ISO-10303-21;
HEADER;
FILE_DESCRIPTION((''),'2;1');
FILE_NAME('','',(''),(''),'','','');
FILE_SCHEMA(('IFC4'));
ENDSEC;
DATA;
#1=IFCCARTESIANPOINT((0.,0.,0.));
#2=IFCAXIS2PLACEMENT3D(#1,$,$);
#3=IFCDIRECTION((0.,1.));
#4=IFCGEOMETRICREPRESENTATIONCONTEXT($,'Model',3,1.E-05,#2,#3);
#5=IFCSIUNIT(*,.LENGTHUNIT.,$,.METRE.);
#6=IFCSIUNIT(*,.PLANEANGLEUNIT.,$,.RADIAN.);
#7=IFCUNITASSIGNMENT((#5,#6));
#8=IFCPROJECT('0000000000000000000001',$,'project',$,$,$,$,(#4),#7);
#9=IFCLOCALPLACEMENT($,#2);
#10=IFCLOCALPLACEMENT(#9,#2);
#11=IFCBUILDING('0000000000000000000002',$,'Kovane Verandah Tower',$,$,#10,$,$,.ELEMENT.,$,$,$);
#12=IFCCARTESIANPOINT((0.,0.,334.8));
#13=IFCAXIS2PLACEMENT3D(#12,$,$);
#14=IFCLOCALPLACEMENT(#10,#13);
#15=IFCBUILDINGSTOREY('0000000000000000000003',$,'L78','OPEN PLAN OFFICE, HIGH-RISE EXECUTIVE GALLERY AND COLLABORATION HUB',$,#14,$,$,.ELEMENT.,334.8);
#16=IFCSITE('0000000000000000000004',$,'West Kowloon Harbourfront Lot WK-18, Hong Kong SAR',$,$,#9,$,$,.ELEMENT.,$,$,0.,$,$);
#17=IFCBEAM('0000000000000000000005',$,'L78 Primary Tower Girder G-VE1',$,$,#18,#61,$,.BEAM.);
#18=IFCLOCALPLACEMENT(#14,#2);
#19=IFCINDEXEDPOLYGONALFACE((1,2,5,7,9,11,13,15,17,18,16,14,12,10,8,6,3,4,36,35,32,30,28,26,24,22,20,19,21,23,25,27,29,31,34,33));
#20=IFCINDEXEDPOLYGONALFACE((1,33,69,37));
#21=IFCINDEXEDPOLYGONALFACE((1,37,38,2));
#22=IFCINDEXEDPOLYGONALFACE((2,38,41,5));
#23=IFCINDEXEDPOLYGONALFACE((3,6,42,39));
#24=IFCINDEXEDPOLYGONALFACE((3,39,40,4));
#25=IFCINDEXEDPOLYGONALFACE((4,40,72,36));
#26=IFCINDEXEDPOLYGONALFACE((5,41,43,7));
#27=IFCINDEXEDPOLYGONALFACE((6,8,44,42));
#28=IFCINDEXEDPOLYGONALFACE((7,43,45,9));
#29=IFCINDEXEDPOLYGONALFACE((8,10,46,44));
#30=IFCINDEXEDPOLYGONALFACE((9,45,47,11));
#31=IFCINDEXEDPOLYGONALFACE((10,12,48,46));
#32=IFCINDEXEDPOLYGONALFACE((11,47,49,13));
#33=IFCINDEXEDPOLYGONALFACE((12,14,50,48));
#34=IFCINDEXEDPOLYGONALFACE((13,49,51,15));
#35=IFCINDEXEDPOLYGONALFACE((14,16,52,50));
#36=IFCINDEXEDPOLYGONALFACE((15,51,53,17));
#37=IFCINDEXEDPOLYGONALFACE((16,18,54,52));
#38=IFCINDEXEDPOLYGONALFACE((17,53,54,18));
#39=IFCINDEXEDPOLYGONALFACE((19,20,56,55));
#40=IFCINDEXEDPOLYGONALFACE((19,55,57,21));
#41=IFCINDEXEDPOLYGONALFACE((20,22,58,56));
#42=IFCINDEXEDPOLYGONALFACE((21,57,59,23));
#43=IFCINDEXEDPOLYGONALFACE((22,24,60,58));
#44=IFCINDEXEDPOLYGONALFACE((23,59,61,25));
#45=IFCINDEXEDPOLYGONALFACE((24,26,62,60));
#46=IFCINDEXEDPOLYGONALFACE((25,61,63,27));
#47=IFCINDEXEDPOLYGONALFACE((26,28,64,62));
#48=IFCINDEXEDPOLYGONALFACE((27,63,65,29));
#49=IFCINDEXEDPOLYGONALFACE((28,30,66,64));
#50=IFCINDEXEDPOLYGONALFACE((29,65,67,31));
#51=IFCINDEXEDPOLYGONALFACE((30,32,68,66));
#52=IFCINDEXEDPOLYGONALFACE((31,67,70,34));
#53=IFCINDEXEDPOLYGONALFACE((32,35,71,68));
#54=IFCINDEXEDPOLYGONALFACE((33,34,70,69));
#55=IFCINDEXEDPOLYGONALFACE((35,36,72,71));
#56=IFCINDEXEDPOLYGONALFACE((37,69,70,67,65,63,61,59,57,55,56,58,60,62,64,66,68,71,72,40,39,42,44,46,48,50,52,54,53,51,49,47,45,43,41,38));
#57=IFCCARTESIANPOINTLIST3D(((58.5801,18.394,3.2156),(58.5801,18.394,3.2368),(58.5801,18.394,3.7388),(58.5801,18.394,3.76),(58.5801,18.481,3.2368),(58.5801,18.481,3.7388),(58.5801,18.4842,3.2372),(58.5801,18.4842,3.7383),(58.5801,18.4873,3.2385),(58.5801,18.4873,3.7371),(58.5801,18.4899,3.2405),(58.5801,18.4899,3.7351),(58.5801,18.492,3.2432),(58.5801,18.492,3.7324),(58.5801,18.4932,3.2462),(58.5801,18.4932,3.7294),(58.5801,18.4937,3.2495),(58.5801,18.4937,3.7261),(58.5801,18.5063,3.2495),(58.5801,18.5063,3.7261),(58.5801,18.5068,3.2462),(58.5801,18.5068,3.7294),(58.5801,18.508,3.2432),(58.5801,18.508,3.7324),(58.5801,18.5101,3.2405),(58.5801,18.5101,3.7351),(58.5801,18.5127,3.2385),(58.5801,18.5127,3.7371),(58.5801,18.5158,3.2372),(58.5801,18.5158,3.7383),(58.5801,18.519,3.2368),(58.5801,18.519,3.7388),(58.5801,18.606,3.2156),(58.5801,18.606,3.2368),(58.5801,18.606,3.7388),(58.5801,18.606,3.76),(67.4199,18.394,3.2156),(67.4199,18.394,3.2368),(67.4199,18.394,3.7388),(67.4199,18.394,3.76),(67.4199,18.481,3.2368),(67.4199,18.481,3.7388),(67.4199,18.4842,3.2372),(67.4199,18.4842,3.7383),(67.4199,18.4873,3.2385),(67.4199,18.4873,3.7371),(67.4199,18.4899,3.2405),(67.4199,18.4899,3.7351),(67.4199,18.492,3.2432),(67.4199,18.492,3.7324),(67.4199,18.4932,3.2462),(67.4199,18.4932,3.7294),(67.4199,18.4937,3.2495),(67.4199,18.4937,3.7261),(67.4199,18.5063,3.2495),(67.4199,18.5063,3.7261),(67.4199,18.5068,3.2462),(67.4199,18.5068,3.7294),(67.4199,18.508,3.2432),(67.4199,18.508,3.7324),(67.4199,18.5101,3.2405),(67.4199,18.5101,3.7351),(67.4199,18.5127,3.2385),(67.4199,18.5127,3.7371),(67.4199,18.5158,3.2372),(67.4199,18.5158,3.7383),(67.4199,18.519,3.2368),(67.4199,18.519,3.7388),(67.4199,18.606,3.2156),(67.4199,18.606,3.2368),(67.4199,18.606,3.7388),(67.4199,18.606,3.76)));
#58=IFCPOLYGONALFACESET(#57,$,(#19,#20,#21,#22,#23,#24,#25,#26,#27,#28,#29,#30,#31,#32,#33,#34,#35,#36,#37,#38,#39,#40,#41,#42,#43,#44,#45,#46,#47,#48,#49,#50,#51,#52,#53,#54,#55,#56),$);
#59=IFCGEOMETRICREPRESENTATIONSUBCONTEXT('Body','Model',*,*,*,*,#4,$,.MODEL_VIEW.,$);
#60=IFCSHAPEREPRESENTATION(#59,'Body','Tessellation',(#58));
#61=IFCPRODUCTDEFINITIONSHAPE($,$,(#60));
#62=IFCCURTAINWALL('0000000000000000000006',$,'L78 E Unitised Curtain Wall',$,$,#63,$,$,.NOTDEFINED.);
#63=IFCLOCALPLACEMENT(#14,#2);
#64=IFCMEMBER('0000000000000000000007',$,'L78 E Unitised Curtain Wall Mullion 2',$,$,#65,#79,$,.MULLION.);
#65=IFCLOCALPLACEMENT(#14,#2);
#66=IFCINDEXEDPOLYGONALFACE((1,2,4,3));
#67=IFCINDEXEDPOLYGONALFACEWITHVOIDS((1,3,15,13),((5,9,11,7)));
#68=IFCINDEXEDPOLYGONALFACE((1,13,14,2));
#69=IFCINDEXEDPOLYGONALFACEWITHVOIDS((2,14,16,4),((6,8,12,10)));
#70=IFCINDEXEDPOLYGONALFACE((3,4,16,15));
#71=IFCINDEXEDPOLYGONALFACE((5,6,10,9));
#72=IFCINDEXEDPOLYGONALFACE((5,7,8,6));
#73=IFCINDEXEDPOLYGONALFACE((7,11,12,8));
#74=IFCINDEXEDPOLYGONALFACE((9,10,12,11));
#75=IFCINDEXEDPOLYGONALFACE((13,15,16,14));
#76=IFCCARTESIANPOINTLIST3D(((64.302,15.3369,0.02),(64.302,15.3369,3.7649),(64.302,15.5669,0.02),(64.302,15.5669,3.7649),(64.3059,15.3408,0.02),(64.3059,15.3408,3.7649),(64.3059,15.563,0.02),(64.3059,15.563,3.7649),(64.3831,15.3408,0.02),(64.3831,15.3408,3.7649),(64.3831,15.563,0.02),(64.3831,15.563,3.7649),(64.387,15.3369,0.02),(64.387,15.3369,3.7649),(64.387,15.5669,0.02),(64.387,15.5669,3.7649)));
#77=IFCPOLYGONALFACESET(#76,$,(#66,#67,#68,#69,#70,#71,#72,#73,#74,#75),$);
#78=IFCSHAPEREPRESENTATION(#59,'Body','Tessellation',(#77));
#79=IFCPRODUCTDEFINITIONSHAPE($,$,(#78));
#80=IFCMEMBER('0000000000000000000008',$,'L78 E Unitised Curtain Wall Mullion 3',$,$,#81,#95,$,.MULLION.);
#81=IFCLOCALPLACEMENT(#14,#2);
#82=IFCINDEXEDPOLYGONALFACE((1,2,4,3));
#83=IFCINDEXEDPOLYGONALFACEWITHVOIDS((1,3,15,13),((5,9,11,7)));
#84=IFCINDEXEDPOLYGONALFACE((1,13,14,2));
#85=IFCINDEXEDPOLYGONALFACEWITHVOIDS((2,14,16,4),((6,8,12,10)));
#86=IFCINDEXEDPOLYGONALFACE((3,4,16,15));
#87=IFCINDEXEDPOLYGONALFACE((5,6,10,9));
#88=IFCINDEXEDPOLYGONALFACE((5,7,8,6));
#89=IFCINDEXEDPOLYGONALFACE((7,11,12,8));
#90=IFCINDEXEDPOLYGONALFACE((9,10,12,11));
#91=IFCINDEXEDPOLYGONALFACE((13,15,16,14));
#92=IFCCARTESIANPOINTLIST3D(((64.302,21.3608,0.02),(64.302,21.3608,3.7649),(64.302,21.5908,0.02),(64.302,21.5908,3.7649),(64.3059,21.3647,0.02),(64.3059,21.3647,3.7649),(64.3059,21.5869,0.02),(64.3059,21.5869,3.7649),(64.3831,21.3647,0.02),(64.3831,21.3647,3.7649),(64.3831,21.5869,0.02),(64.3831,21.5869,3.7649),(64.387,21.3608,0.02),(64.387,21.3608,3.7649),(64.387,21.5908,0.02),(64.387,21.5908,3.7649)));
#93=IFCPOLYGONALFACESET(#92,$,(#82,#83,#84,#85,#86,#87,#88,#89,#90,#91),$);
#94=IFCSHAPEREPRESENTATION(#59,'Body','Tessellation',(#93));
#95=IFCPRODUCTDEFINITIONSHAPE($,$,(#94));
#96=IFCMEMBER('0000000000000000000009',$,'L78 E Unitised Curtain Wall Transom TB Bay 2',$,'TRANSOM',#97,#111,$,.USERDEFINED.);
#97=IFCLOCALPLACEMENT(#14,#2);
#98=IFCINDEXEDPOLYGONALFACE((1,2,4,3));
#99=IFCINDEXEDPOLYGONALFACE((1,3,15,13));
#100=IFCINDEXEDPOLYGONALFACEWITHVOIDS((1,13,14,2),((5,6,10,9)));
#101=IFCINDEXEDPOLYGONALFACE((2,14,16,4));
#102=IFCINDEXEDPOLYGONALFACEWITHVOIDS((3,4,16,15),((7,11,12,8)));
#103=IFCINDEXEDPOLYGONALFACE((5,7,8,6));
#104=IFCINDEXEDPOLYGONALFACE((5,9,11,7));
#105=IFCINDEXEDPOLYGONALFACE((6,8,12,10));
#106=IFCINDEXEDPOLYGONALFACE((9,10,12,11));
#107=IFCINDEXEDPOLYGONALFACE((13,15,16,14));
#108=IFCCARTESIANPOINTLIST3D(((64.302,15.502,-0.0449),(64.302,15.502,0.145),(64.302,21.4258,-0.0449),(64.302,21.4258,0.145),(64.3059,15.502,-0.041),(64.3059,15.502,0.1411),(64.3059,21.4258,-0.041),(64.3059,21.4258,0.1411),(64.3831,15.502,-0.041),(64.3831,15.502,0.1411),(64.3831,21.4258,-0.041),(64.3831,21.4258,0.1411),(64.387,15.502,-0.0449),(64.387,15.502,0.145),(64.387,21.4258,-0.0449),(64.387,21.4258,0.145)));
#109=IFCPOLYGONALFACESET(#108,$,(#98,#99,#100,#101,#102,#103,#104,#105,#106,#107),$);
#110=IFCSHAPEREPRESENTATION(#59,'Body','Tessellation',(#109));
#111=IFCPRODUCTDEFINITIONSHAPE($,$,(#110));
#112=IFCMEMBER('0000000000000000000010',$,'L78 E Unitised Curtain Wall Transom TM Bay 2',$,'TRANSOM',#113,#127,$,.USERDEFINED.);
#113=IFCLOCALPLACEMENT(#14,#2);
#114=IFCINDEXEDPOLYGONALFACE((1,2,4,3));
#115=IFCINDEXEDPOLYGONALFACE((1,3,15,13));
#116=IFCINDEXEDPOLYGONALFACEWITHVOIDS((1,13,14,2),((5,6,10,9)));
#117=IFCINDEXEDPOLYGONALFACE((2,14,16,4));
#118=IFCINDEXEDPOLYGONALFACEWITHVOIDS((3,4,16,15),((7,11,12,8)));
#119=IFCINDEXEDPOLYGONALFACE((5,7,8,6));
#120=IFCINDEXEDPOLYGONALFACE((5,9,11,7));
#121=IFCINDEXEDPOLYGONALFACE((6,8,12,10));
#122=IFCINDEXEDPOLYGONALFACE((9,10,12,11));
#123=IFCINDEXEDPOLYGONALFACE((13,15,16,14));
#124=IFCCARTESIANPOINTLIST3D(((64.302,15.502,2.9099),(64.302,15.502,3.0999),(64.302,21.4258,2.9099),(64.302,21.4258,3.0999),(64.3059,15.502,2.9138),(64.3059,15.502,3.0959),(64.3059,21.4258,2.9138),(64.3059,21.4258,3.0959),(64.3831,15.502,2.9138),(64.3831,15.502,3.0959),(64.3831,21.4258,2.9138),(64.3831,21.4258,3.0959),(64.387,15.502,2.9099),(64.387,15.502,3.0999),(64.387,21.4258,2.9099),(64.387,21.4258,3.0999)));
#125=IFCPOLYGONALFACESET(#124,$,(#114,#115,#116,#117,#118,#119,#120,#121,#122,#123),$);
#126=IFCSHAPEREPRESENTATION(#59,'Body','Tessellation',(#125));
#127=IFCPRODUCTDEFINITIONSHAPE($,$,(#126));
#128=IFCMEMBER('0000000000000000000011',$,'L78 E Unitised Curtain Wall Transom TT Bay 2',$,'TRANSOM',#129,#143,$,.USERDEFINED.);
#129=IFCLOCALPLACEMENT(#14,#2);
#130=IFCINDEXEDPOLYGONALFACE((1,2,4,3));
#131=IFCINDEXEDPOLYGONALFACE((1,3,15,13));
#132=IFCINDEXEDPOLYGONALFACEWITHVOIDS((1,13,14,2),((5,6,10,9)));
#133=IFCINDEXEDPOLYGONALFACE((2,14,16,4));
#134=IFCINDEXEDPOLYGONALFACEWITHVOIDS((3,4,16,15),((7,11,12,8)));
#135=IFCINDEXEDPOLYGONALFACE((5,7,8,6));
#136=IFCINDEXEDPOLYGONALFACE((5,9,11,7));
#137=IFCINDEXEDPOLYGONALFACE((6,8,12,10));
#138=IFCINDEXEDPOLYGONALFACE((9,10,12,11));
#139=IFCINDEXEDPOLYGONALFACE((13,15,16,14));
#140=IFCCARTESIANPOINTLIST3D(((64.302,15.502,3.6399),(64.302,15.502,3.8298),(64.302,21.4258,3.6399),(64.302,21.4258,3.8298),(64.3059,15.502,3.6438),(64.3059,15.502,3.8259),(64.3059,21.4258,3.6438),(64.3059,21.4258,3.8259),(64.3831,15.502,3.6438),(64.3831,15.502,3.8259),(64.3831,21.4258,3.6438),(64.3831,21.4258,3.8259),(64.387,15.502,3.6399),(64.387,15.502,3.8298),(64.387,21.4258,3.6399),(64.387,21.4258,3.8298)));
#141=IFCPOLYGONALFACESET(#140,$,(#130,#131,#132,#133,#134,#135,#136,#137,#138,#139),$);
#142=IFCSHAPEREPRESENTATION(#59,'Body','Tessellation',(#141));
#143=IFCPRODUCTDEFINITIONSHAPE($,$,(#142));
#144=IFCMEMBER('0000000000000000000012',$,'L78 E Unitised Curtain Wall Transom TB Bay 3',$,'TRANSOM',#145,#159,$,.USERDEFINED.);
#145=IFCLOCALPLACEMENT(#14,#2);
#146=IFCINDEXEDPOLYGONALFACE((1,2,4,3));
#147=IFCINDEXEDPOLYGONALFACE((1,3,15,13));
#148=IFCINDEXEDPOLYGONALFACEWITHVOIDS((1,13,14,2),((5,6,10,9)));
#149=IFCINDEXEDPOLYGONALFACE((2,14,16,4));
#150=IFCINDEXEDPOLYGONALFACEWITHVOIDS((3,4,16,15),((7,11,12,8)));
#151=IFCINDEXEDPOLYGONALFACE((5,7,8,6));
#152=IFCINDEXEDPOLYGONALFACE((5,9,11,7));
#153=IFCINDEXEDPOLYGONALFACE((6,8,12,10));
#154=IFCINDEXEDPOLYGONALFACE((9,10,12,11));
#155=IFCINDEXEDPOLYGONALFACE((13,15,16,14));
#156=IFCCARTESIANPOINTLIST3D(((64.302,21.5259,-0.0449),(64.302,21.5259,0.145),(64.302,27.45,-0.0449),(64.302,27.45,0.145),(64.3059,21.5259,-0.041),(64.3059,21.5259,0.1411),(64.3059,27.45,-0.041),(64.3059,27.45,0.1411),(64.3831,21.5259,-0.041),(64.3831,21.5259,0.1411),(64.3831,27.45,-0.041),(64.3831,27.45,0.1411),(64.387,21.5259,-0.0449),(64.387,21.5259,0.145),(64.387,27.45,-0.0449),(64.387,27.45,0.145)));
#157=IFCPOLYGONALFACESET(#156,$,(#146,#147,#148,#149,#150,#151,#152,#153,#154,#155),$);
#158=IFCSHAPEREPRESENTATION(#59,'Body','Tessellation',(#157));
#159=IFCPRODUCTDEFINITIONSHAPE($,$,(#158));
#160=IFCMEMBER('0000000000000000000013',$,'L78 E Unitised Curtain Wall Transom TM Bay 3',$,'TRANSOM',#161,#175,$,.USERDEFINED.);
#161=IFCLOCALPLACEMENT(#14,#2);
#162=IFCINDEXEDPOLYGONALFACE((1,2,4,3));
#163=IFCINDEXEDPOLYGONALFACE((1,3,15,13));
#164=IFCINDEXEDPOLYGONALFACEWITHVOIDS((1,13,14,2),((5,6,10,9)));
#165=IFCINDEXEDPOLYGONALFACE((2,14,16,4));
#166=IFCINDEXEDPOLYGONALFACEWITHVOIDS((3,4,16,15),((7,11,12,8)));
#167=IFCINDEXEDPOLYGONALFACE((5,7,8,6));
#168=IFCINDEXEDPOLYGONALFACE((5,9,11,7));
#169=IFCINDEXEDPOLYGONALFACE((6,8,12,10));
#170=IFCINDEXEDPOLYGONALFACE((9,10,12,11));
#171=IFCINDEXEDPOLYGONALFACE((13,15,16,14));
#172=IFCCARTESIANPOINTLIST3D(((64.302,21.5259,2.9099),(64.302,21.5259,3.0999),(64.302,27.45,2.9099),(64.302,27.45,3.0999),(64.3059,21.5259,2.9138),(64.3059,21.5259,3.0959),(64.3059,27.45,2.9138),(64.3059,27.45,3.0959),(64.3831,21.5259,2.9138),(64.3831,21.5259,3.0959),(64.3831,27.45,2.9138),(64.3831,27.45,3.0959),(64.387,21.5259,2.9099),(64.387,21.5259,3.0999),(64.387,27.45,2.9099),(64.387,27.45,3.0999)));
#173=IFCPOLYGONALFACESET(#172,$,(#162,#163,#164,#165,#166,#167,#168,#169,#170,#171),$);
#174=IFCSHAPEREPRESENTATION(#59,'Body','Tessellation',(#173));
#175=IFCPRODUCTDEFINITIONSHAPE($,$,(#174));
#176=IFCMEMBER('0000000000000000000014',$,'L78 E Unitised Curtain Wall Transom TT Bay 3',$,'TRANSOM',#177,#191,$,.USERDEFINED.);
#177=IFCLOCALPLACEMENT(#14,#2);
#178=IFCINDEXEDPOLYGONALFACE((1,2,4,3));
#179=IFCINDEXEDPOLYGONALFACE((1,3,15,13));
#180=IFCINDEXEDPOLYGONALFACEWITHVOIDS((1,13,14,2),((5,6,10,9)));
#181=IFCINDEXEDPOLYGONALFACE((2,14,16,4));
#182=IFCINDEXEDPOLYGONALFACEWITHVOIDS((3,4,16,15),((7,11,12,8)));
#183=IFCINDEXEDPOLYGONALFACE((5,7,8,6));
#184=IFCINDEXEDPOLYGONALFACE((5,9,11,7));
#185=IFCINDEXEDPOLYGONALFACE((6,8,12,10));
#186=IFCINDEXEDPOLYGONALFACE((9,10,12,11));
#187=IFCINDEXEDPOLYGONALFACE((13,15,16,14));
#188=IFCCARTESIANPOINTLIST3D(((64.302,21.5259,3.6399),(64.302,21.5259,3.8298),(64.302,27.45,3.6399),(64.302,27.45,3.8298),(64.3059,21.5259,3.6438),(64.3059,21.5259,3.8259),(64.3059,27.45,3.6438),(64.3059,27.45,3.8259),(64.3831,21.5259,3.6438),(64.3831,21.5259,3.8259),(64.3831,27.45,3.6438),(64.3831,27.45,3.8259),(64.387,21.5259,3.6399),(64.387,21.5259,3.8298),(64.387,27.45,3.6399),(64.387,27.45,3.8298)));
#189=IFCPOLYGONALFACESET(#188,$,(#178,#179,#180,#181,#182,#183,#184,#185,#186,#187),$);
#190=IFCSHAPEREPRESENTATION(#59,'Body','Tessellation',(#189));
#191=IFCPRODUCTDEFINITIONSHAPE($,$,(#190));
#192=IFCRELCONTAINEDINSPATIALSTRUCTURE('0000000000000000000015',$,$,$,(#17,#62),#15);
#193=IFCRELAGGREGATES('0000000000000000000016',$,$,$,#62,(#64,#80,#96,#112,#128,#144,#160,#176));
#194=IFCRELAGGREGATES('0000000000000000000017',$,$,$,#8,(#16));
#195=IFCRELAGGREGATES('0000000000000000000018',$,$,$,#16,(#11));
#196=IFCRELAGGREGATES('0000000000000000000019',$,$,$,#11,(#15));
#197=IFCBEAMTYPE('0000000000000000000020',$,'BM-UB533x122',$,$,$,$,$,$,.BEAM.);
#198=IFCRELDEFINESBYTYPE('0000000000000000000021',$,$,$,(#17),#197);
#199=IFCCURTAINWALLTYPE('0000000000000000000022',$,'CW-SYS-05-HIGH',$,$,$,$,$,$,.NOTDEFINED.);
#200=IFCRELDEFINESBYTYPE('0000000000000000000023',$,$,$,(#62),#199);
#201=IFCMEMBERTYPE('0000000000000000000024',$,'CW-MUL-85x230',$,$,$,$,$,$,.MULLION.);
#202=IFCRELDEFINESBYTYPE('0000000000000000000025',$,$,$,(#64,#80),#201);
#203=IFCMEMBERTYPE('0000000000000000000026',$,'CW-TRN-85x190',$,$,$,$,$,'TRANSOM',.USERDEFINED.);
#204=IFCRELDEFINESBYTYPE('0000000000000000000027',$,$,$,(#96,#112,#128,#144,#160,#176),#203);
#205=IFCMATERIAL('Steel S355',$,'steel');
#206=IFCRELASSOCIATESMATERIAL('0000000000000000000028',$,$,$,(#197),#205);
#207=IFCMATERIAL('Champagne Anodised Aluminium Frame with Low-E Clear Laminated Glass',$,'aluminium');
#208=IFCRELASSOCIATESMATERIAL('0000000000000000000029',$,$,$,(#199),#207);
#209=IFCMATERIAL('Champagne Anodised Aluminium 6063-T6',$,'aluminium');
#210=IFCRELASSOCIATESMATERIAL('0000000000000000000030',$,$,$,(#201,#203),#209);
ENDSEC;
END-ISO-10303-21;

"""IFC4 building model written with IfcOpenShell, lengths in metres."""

from ifc_helpers import new_model, si_unit, direction, frame, origin, origin_2d, place, context, subcontext, project, spatial, hollow_rectangle, i_section, extrude, material, material_profile, profile_set, type_object, element, aggregate, save


model = new_model("IFC4")

# Units and contexts
model_context = context("Model", 3, precision=1e-05, world=origin(), true_north=direction((0.0, 1.0)))
body_context = subcontext(model_context, "Body", "Model", "MODEL_VIEW")
ifc_project = project(units=[si_unit("LENGTHUNIT", "METRE"), si_unit("PLANEANGLEUNIT", "RADIAN")], contexts=[model_context])

# Site, building, storey
site_placement = place(None, origin())
site = spatial("IfcSite", under=ifc_project, at=site_placement, Name="West Kowloon Harbourfront Lot WK-18, Hong Kong SAR", CompositionType="ELEMENT", RefElevation=0.0)
building_placement = place(site_placement, origin())
building = spatial("IfcBuilding", under=site, at=building_placement, Name="Kovane Verandah Tower", CompositionType="ELEMENT")
storey_placement = place(building_placement, frame((0.0, 0.0, 334.8)))
storey = spatial("IfcBuildingStorey", under=building, at=storey_placement, Name="L78", Description="OPEN PLAN OFFICE, HIGH-RISE EXECUTIVE GALLERY AND COLLABORATION HUB", CompositionType="ELEMENT", Elevation=334.8)

# Beam
ifc_material_1 = material(Name="Steel S355", Category="steel")
ifc_material_profile_1 = material_profile(ifc_material_1, i_section(OverallWidth=0.2119, OverallDepth=0.5444, WebThickness=0.0127, FlangeThickness=0.0212, FilletRadius=0.0127, at=origin_2d()), Name="UB533x210x122")
ifc_profile_set_1 = profile_set([ifc_material_profile_1], Name="Steel S355")
beam_type_1 = type_object("IfcBeamType", Name="BM-UB533x122", PredefinedType="BEAM", material=ifc_profile_set_1)
beam_1_placement = place(storey_placement, frame((58.5801, 18.5, 3.4878), z_axis=(1.0, 0.0, 0.0), x_axis=(0.0, 1.0, 0.0)))
element("IfcBeam", 1, at=beam_1_placement, inside=storey, type_object=beam_type_1, Name="L78 Primary Tower Girder G-VE1", PredefinedType="BEAM", context=body_context, shape_type="SweptSolid", body=[
    extrude(i_section(OverallWidth=0.2119, OverallDepth=0.5444, WebThickness=0.0127, FlangeThickness=0.0212, FilletRadius=0.0127, at=origin_2d()), origin(), (0.0, 0.0, 1.0), 8.8398),
])

# Curtain wall, members
ifc_material_2 = material(Name="Champagne Anodised Aluminium Frame with Low-E Clear Laminated Glass", Category="aluminium")
curtain_wall_type = type_object("IfcCurtainWallType", Name="CW-SYS-05-HIGH", PredefinedType="NOTDEFINED", material=ifc_material_2)
curtain_wall_placement = place(storey_placement, origin())
curtain_wall = element("IfcCurtainWall", 2, at=curtain_wall_placement, inside=storey, type_object=curtain_wall_type, Name="L78 E Unitised Curtain Wall", PredefinedType="NOTDEFINED")
ifc_material_3 = material(Name="Champagne Anodised Aluminium 6063-T6", Category="aluminium")
ifc_material_profile_2 = material_profile(ifc_material_3, hollow_rectangle(XDim=0.085, YDim=0.23, WallThickness=0.0039, at=origin_2d()), Name="AL85x230x4")
ifc_profile_set_2 = profile_set([ifc_material_profile_2], Name="Champagne Anodised Aluminium 6063-T6")
member_type_1 = type_object("IfcMemberType", Name="CW-MUL-85x230", PredefinedType="MULLION", material=ifc_profile_set_2)
member_1_placement = place(storey_placement, frame((64.3445, 15.4519, 0.02), z_axis=(0.0, 0.0, 1.0), x_axis=(1.0, 0.0, 0.0)))
member_1 = element("IfcMember", 3, at=member_1_placement, type_object=member_type_1, Name="L78 E Unitised Curtain Wall Mullion 2", PredefinedType="MULLION", context=body_context, shape_type="SweptSolid", body=[
    extrude(hollow_rectangle(XDim=0.085, YDim=0.23, WallThickness=0.0039, at=origin_2d()), origin(), (0.0, 0.0, 1.0), 3.7449),
])
member_2_placement = place(storey_placement, frame((64.3445, 21.4758, 0.02), z_axis=(0.0, 0.0, 1.0), x_axis=(1.0, 0.0, 0.0)))
member_2 = element("IfcMember", 4, at=member_2_placement, type_object=member_type_1, Name="L78 E Unitised Curtain Wall Mullion 3", PredefinedType="MULLION", context=body_context, shape_type="SweptSolid", body=[
    extrude(hollow_rectangle(XDim=0.085, YDim=0.23, WallThickness=0.0039, at=origin_2d()), origin(), (0.0, 0.0, 1.0), 3.7449),
])
ifc_material_profile_3 = material_profile(ifc_material_3, hollow_rectangle(XDim=0.085, YDim=0.1899, WallThickness=0.0039, at=origin_2d()), Name="AL85x190x4")
ifc_profile_set_3 = profile_set([ifc_material_profile_3], Name="Champagne Anodised Aluminium 6063-T6")
member_type_2 = type_object("IfcMemberType", Name="CW-TRN-85x190", ElementType="TRANSOM", PredefinedType="USERDEFINED", material=ifc_profile_set_3)
member_3_placement = place(storey_placement, frame((64.3445, 15.502, 0.05), z_axis=(0.0, 1.0, 0.0), x_axis=(-1.0, 0.0, 0.0)))
member_3 = element("IfcMember", 5, at=member_3_placement, type_object=member_type_2, Name="L78 E Unitised Curtain Wall Transom TB Bay 2", ObjectType="TRANSOM", PredefinedType="USERDEFINED", context=body_context, shape_type="SweptSolid", body=[
    extrude(hollow_rectangle(XDim=0.085, YDim=0.1899, WallThickness=0.0039, at=origin_2d()), origin(), (0.0, 0.0, 1.0), 5.9238),
])
member_4_placement = place(storey_placement, frame((64.3445, 15.502, 3.0049), z_axis=(0.0, 1.0, 0.0), x_axis=(-1.0, 0.0, 0.0)))
member_4 = element("IfcMember", 6, at=member_4_placement, type_object=member_type_2, Name="L78 E Unitised Curtain Wall Transom TM Bay 2", ObjectType="TRANSOM", PredefinedType="USERDEFINED", context=body_context, shape_type="SweptSolid", body=[
    extrude(hollow_rectangle(XDim=0.085, YDim=0.1899, WallThickness=0.0039, at=origin_2d()), origin(), (0.0, 0.0, 1.0), 5.9238),
])
member_5_placement = place(storey_placement, frame((64.3445, 15.502, 3.7349), z_axis=(0.0, 1.0, 0.0), x_axis=(-1.0, 0.0, 0.0)))
member_5 = element("IfcMember", 7, at=member_5_placement, type_object=member_type_2, Name="L78 E Unitised Curtain Wall Transom TT Bay 2", ObjectType="TRANSOM", PredefinedType="USERDEFINED", context=body_context, shape_type="SweptSolid", body=[
    extrude(hollow_rectangle(XDim=0.085, YDim=0.1899, WallThickness=0.0039, at=origin_2d()), origin(), (0.0, 0.0, 1.0), 5.9238),
])
member_6_placement = place(storey_placement, frame((64.3445, 21.5259, 0.05), z_axis=(0.0, 1.0, 0.0), x_axis=(-1.0, 0.0, 0.0)))
member_6 = element("IfcMember", 8, at=member_6_placement, type_object=member_type_2, Name="L78 E Unitised Curtain Wall Transom TB Bay 3", ObjectType="TRANSOM", PredefinedType="USERDEFINED", context=body_context, shape_type="SweptSolid", body=[
    extrude(hollow_rectangle(XDim=0.085, YDim=0.1899, WallThickness=0.0039, at=origin_2d()), origin(), (0.0, 0.0, 1.0), 5.9241),
])
member_7_placement = place(storey_placement, frame((64.3445, 21.5259, 3.0049), z_axis=(0.0, 1.0, 0.0), x_axis=(-1.0, 0.0, 0.0)))
member_7 = element("IfcMember", 9, at=member_7_placement, type_object=member_type_2, Name="L78 E Unitised Curtain Wall Transom TM Bay 3", ObjectType="TRANSOM", PredefinedType="USERDEFINED", context=body_context, shape_type="SweptSolid", body=[
    extrude(hollow_rectangle(XDim=0.085, YDim=0.1899, WallThickness=0.0039, at=origin_2d()), origin(), (0.0, 0.0, 1.0), 5.9241),
])
member_8_placement = place(storey_placement, frame((64.3445, 21.5259, 3.7349), z_axis=(0.0, 1.0, 0.0), x_axis=(-1.0, 0.0, 0.0)))
member_8 = element("IfcMember", 10, at=member_8_placement, type_object=member_type_2, Name="L78 E Unitised Curtain Wall Transom TT Bay 3", ObjectType="TRANSOM", PredefinedType="USERDEFINED", context=body_context, shape_type="SweptSolid", body=[
    extrude(hollow_rectangle(XDim=0.085, YDim=0.1899, WallThickness=0.0039, at=origin_2d()), origin(), (0.0, 0.0, 1.0), 5.9241),
])

aggregate(curtain_wall, [member_1, member_2, member_3, member_4, member_5, member_6, member_7, member_8])

save(model, "model.ifc")
